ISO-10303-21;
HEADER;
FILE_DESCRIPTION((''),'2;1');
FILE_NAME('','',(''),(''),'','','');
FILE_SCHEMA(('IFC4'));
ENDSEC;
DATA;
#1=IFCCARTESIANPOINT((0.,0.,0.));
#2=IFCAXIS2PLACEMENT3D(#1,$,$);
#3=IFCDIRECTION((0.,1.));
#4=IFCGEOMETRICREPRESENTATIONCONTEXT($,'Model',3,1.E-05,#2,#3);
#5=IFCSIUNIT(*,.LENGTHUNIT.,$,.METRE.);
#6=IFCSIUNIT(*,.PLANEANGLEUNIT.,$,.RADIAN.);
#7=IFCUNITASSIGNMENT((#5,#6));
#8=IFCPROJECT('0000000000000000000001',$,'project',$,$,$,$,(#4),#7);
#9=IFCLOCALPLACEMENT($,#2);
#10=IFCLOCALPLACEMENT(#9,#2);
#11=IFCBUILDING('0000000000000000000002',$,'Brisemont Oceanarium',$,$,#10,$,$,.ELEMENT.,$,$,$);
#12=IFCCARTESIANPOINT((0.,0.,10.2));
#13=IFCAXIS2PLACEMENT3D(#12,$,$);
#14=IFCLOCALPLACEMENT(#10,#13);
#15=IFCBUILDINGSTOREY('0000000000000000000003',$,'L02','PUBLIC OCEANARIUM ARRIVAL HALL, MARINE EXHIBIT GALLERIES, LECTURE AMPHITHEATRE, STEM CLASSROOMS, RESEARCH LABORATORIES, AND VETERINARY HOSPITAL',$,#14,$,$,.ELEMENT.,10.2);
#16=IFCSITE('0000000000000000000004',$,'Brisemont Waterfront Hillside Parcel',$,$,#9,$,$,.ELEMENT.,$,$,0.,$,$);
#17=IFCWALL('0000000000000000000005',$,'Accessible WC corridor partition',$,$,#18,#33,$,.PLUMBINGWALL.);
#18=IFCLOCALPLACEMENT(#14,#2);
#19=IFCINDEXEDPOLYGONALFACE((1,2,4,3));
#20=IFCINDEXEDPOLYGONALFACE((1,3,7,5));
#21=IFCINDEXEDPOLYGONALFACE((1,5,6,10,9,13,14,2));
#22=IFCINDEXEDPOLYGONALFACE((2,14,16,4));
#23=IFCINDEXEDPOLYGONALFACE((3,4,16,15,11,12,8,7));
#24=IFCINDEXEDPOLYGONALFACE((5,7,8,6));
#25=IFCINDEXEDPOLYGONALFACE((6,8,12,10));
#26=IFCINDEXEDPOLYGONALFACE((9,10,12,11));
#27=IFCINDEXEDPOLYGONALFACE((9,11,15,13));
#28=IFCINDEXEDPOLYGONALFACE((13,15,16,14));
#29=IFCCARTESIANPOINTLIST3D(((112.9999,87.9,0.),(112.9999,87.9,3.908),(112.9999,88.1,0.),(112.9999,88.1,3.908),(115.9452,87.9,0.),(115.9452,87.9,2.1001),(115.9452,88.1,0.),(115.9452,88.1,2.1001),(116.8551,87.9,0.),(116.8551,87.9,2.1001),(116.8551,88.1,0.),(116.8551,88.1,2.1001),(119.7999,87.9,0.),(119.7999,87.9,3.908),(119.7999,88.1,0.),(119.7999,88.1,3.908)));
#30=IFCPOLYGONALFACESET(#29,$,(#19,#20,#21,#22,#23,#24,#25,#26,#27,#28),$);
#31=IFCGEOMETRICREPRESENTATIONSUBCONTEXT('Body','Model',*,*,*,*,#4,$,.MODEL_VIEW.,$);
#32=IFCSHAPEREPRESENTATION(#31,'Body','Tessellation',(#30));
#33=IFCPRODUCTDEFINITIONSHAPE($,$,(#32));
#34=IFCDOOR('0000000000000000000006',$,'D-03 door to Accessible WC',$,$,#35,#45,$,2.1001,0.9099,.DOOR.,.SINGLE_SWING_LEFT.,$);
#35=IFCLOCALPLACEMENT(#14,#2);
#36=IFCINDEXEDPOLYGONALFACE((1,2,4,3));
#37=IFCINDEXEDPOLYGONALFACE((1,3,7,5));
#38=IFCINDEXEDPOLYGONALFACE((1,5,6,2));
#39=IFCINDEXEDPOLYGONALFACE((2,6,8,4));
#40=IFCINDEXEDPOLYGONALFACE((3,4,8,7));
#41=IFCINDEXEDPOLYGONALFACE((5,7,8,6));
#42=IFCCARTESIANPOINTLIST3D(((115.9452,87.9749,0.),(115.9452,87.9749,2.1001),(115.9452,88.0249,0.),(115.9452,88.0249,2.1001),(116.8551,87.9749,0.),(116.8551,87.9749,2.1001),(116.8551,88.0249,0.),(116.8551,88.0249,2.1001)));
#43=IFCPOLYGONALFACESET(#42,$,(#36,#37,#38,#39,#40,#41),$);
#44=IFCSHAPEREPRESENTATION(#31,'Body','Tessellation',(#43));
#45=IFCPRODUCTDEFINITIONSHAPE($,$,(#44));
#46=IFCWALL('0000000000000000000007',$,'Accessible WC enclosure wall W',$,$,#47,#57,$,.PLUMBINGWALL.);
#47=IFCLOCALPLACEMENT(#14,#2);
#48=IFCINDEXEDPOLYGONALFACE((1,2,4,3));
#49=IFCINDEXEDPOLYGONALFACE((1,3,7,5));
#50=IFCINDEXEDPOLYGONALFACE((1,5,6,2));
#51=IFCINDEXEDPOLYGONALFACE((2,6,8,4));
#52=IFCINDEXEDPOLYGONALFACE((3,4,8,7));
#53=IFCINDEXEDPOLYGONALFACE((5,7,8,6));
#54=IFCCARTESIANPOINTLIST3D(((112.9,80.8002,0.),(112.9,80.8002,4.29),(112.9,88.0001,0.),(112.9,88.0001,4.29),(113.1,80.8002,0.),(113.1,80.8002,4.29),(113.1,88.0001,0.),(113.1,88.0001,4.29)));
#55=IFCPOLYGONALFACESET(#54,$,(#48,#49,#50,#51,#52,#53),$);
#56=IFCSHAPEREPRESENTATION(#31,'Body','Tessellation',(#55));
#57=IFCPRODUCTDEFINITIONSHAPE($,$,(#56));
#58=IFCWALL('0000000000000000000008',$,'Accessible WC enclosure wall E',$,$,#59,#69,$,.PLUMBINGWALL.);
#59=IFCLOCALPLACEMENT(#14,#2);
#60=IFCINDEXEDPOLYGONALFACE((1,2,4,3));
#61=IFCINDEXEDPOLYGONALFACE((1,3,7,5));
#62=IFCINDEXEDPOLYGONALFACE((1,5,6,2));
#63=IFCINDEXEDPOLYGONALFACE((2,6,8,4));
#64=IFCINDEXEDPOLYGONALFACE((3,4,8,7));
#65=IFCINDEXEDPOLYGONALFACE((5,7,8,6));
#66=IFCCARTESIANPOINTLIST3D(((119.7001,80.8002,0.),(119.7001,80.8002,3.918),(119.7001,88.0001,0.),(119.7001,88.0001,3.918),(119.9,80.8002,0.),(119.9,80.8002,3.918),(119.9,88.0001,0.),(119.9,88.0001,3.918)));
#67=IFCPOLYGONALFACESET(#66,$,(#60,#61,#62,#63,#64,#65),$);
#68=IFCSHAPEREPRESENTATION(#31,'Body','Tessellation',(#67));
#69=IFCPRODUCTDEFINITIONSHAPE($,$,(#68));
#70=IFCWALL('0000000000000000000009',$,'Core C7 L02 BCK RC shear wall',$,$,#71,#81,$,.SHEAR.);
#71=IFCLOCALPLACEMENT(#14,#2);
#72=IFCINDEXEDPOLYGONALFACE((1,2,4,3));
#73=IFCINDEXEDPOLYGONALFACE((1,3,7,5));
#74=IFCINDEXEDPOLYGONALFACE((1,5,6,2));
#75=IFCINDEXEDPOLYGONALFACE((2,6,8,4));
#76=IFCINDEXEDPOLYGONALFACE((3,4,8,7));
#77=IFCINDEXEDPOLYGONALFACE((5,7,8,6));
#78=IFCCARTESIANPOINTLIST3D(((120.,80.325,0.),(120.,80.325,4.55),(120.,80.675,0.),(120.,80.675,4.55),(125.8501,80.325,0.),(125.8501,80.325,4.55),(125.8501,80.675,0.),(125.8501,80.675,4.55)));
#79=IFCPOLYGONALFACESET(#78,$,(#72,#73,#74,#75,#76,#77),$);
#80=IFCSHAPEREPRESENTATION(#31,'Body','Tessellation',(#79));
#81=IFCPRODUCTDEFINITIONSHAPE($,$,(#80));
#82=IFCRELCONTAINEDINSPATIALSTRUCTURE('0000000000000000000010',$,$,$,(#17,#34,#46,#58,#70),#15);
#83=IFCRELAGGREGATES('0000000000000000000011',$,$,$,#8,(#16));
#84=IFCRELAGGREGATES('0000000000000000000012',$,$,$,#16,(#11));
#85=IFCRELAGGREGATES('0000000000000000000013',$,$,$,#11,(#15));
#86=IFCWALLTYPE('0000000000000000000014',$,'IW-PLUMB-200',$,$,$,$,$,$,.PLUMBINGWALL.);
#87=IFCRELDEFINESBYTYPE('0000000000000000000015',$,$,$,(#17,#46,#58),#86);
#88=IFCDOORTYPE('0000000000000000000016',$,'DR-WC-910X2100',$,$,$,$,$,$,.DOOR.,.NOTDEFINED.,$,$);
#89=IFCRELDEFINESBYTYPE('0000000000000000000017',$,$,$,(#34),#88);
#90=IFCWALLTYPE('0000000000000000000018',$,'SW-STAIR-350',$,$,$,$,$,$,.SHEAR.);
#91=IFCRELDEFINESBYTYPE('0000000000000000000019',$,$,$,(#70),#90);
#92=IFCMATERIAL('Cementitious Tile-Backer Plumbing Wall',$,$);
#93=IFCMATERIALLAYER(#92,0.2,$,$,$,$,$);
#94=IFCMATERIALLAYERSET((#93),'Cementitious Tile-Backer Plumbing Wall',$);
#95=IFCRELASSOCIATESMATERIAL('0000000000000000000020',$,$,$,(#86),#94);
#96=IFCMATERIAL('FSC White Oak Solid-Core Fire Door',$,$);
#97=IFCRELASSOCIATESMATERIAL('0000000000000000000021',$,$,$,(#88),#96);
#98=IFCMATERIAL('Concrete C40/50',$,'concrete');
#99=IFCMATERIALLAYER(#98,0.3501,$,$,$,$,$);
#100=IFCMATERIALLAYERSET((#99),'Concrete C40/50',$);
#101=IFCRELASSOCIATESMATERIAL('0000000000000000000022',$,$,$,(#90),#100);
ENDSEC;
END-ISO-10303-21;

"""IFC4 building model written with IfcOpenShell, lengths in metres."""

from ifc_helpers import new_model, si_unit, direction, frame, frame_2d, origin, place, context, subcontext, project, spatial, rectangle, extrude, material, layer, layer_set, type_object, element, fill, save


model = new_model("IFC4")

# Units and contexts
model_context = context("Model", 3, precision=1e-05, world=origin(), true_north=direction((0.0, 1.0)))
body_context = subcontext(model_context, "Body", "Model", "MODEL_VIEW")
ifc_project = project(units=[si_unit("LENGTHUNIT", "METRE"), si_unit("PLANEANGLEUNIT", "RADIAN")], contexts=[model_context])

# Site, building, storey
site_placement = place(None, origin())
site = spatial("IfcSite", under=ifc_project, at=site_placement, Name="Brisemont Waterfront Hillside Parcel", CompositionType="ELEMENT", RefElevation=0.0)
building_placement = place(site_placement, origin())
building = spatial("IfcBuilding", under=site, at=building_placement, Name="Brisemont Oceanarium", CompositionType="ELEMENT")
storey_placement = place(building_placement, frame((0.0, 0.0, 10.2)))
storey = spatial("IfcBuildingStorey", under=building, at=storey_placement, Name="L02", Description="PUBLIC OCEANARIUM ARRIVAL HALL, MARINE EXHIBIT GALLERIES, LECTURE AMPHITHEATRE, STEM CLASSROOMS, RESEARCH LABORATORIES, AND VETERINARY HOSPITAL", CompositionType="ELEMENT", Elevation=10.2)

# Wall, opening, door
ifc_material_1 = material(Name="Cementitious Tile-Backer Plumbing Wall")
ifc_layer_1 = layer(ifc_material_1, 0.2)
ifc_layer_set_1 = layer_set([ifc_layer_1], Name="Cementitious Tile-Backer Plumbing Wall")
wall_type_1 = type_object("IfcWallType", Name="IW-PLUMB-200", PredefinedType="PLUMBINGWALL", material=ifc_layer_set_1)
wall_1_placement = place(storey_placement, frame((113.0, 88.0, 0.0), z_axis=(0.0, 0.0, 1.0), x_axis=(1.0, 0.0, 0.0)))
wall_1 = element("IfcWall", 1, at=wall_1_placement, inside=storey, type_object=wall_type_1, Name="Accessible WC corridor partition", PredefinedType="PLUMBINGWALL", context=body_context, shape_type="SweptSolid", body=[
    extrude(rectangle(XDim=6.8, YDim=0.2, at=frame_2d((3.3999, 0.0))), origin(), (0.0, 0.0, 1.0), 3.908),
])
opening_1_placement = place(wall_1_placement, frame((2.9451, 0.0, 0.0)))
opening_1 = element("IfcOpeningElement", 2, at=opening_1_placement, cuts=wall_1, PredefinedType="OPENING", context=body_context, shape_type="SweptSolid", body=[
    extrude(rectangle(XDim=0.9099, YDim=2.1001, at=frame_2d((0.4551, 1.05))), frame((0.0, 0.1099, 0.0), z_axis=(0.0, -1.0, 0.0), x_axis=(1.0, 0.0, 0.0)), (0.0, 0.0, 1.0), 0.22),
])
ifc_material_2 = material(Name="FSC White Oak Solid-Core Fire Door")
door_type = type_object("IfcDoorType", Name="DR-WC-910X2100", OperationType="NOTDEFINED", PredefinedType="DOOR", material=ifc_material_2)
door_placement = place(opening_1_placement, origin())
door = element("IfcDoor", 3, at=door_placement, inside=storey, type_object=door_type, Name="D-03 door to Accessible WC", OperationType="SINGLE_SWING_LEFT", OverallHeight=2.1001, OverallWidth=0.9099, PredefinedType="DOOR", context=body_context, shape_type="SweptSolid", body=[
    extrude(rectangle(XDim=0.9099, YDim=2.1001, at=frame_2d((0.4551, 1.05))), frame((0.0, 0.0249, 0.0), z_axis=(0.0, -1.0, 0.0), x_axis=(1.0, 0.0, 0.0)), (0.0, 0.0, 1.0), 0.05),
])
fill(opening_1, door)

# Walls
wall_2_placement = place(storey_placement, frame((113.0, 80.8, 0.0), z_axis=(0.0, 0.0, 1.0), x_axis=(0.0, 1.0, 0.0)))
element("IfcWall", 4, at=wall_2_placement, inside=storey, type_object=wall_type_1, Name="Accessible WC enclosure wall W", PredefinedType="PLUMBINGWALL", context=body_context, shape_type="SweptSolid", body=[
    extrude(rectangle(XDim=7.2, YDim=0.2, at=frame_2d((3.6001, 0.0))), origin(), (0.0, 0.0, 1.0), 4.29),
])
wall_3_placement = place(storey_placement, frame((119.8, 80.8, 0.0), z_axis=(0.0, 0.0, 1.0), x_axis=(0.0, 1.0, 0.0)))
element("IfcWall", 5, at=wall_3_placement, inside=storey, type_object=wall_type_1, Name="Accessible WC enclosure wall E", PredefinedType="PLUMBINGWALL", context=body_context, shape_type="SweptSolid", body=[
    extrude(rectangle(XDim=7.2, YDim=0.2, at=frame_2d((3.6001, 0.0))), origin(), (0.0, 0.0, 1.0), 3.918),
])
ifc_material_3 = material(Name="Concrete C40/50", Category="concrete")
ifc_layer_2 = layer(ifc_material_3, 0.3501)
ifc_layer_set_2 = layer_set([ifc_layer_2], Name="Concrete C40/50")
wall_type_2 = type_object("IfcWallType", Name="SW-STAIR-350", PredefinedType="SHEAR", material=ifc_layer_set_2)
wall_4_placement = place(storey_placement, frame((120.0, 80.5, 0.0), z_axis=(0.0, 0.0, 1.0), x_axis=(1.0, 0.0, 0.0)))
element("IfcWall", 6, at=wall_4_placement, inside=storey, type_object=wall_type_2, Name="Core C7 L02 BCK RC shear wall", PredefinedType="SHEAR", context=body_context, shape_type="SweptSolid", body=[
    extrude(rectangle(XDim=5.8501, YDim=0.3501, at=frame_2d((2.925, 0.0))), origin(), (0.0, 0.0, 1.0), 4.55),
])

save(model, "model.ifc")
